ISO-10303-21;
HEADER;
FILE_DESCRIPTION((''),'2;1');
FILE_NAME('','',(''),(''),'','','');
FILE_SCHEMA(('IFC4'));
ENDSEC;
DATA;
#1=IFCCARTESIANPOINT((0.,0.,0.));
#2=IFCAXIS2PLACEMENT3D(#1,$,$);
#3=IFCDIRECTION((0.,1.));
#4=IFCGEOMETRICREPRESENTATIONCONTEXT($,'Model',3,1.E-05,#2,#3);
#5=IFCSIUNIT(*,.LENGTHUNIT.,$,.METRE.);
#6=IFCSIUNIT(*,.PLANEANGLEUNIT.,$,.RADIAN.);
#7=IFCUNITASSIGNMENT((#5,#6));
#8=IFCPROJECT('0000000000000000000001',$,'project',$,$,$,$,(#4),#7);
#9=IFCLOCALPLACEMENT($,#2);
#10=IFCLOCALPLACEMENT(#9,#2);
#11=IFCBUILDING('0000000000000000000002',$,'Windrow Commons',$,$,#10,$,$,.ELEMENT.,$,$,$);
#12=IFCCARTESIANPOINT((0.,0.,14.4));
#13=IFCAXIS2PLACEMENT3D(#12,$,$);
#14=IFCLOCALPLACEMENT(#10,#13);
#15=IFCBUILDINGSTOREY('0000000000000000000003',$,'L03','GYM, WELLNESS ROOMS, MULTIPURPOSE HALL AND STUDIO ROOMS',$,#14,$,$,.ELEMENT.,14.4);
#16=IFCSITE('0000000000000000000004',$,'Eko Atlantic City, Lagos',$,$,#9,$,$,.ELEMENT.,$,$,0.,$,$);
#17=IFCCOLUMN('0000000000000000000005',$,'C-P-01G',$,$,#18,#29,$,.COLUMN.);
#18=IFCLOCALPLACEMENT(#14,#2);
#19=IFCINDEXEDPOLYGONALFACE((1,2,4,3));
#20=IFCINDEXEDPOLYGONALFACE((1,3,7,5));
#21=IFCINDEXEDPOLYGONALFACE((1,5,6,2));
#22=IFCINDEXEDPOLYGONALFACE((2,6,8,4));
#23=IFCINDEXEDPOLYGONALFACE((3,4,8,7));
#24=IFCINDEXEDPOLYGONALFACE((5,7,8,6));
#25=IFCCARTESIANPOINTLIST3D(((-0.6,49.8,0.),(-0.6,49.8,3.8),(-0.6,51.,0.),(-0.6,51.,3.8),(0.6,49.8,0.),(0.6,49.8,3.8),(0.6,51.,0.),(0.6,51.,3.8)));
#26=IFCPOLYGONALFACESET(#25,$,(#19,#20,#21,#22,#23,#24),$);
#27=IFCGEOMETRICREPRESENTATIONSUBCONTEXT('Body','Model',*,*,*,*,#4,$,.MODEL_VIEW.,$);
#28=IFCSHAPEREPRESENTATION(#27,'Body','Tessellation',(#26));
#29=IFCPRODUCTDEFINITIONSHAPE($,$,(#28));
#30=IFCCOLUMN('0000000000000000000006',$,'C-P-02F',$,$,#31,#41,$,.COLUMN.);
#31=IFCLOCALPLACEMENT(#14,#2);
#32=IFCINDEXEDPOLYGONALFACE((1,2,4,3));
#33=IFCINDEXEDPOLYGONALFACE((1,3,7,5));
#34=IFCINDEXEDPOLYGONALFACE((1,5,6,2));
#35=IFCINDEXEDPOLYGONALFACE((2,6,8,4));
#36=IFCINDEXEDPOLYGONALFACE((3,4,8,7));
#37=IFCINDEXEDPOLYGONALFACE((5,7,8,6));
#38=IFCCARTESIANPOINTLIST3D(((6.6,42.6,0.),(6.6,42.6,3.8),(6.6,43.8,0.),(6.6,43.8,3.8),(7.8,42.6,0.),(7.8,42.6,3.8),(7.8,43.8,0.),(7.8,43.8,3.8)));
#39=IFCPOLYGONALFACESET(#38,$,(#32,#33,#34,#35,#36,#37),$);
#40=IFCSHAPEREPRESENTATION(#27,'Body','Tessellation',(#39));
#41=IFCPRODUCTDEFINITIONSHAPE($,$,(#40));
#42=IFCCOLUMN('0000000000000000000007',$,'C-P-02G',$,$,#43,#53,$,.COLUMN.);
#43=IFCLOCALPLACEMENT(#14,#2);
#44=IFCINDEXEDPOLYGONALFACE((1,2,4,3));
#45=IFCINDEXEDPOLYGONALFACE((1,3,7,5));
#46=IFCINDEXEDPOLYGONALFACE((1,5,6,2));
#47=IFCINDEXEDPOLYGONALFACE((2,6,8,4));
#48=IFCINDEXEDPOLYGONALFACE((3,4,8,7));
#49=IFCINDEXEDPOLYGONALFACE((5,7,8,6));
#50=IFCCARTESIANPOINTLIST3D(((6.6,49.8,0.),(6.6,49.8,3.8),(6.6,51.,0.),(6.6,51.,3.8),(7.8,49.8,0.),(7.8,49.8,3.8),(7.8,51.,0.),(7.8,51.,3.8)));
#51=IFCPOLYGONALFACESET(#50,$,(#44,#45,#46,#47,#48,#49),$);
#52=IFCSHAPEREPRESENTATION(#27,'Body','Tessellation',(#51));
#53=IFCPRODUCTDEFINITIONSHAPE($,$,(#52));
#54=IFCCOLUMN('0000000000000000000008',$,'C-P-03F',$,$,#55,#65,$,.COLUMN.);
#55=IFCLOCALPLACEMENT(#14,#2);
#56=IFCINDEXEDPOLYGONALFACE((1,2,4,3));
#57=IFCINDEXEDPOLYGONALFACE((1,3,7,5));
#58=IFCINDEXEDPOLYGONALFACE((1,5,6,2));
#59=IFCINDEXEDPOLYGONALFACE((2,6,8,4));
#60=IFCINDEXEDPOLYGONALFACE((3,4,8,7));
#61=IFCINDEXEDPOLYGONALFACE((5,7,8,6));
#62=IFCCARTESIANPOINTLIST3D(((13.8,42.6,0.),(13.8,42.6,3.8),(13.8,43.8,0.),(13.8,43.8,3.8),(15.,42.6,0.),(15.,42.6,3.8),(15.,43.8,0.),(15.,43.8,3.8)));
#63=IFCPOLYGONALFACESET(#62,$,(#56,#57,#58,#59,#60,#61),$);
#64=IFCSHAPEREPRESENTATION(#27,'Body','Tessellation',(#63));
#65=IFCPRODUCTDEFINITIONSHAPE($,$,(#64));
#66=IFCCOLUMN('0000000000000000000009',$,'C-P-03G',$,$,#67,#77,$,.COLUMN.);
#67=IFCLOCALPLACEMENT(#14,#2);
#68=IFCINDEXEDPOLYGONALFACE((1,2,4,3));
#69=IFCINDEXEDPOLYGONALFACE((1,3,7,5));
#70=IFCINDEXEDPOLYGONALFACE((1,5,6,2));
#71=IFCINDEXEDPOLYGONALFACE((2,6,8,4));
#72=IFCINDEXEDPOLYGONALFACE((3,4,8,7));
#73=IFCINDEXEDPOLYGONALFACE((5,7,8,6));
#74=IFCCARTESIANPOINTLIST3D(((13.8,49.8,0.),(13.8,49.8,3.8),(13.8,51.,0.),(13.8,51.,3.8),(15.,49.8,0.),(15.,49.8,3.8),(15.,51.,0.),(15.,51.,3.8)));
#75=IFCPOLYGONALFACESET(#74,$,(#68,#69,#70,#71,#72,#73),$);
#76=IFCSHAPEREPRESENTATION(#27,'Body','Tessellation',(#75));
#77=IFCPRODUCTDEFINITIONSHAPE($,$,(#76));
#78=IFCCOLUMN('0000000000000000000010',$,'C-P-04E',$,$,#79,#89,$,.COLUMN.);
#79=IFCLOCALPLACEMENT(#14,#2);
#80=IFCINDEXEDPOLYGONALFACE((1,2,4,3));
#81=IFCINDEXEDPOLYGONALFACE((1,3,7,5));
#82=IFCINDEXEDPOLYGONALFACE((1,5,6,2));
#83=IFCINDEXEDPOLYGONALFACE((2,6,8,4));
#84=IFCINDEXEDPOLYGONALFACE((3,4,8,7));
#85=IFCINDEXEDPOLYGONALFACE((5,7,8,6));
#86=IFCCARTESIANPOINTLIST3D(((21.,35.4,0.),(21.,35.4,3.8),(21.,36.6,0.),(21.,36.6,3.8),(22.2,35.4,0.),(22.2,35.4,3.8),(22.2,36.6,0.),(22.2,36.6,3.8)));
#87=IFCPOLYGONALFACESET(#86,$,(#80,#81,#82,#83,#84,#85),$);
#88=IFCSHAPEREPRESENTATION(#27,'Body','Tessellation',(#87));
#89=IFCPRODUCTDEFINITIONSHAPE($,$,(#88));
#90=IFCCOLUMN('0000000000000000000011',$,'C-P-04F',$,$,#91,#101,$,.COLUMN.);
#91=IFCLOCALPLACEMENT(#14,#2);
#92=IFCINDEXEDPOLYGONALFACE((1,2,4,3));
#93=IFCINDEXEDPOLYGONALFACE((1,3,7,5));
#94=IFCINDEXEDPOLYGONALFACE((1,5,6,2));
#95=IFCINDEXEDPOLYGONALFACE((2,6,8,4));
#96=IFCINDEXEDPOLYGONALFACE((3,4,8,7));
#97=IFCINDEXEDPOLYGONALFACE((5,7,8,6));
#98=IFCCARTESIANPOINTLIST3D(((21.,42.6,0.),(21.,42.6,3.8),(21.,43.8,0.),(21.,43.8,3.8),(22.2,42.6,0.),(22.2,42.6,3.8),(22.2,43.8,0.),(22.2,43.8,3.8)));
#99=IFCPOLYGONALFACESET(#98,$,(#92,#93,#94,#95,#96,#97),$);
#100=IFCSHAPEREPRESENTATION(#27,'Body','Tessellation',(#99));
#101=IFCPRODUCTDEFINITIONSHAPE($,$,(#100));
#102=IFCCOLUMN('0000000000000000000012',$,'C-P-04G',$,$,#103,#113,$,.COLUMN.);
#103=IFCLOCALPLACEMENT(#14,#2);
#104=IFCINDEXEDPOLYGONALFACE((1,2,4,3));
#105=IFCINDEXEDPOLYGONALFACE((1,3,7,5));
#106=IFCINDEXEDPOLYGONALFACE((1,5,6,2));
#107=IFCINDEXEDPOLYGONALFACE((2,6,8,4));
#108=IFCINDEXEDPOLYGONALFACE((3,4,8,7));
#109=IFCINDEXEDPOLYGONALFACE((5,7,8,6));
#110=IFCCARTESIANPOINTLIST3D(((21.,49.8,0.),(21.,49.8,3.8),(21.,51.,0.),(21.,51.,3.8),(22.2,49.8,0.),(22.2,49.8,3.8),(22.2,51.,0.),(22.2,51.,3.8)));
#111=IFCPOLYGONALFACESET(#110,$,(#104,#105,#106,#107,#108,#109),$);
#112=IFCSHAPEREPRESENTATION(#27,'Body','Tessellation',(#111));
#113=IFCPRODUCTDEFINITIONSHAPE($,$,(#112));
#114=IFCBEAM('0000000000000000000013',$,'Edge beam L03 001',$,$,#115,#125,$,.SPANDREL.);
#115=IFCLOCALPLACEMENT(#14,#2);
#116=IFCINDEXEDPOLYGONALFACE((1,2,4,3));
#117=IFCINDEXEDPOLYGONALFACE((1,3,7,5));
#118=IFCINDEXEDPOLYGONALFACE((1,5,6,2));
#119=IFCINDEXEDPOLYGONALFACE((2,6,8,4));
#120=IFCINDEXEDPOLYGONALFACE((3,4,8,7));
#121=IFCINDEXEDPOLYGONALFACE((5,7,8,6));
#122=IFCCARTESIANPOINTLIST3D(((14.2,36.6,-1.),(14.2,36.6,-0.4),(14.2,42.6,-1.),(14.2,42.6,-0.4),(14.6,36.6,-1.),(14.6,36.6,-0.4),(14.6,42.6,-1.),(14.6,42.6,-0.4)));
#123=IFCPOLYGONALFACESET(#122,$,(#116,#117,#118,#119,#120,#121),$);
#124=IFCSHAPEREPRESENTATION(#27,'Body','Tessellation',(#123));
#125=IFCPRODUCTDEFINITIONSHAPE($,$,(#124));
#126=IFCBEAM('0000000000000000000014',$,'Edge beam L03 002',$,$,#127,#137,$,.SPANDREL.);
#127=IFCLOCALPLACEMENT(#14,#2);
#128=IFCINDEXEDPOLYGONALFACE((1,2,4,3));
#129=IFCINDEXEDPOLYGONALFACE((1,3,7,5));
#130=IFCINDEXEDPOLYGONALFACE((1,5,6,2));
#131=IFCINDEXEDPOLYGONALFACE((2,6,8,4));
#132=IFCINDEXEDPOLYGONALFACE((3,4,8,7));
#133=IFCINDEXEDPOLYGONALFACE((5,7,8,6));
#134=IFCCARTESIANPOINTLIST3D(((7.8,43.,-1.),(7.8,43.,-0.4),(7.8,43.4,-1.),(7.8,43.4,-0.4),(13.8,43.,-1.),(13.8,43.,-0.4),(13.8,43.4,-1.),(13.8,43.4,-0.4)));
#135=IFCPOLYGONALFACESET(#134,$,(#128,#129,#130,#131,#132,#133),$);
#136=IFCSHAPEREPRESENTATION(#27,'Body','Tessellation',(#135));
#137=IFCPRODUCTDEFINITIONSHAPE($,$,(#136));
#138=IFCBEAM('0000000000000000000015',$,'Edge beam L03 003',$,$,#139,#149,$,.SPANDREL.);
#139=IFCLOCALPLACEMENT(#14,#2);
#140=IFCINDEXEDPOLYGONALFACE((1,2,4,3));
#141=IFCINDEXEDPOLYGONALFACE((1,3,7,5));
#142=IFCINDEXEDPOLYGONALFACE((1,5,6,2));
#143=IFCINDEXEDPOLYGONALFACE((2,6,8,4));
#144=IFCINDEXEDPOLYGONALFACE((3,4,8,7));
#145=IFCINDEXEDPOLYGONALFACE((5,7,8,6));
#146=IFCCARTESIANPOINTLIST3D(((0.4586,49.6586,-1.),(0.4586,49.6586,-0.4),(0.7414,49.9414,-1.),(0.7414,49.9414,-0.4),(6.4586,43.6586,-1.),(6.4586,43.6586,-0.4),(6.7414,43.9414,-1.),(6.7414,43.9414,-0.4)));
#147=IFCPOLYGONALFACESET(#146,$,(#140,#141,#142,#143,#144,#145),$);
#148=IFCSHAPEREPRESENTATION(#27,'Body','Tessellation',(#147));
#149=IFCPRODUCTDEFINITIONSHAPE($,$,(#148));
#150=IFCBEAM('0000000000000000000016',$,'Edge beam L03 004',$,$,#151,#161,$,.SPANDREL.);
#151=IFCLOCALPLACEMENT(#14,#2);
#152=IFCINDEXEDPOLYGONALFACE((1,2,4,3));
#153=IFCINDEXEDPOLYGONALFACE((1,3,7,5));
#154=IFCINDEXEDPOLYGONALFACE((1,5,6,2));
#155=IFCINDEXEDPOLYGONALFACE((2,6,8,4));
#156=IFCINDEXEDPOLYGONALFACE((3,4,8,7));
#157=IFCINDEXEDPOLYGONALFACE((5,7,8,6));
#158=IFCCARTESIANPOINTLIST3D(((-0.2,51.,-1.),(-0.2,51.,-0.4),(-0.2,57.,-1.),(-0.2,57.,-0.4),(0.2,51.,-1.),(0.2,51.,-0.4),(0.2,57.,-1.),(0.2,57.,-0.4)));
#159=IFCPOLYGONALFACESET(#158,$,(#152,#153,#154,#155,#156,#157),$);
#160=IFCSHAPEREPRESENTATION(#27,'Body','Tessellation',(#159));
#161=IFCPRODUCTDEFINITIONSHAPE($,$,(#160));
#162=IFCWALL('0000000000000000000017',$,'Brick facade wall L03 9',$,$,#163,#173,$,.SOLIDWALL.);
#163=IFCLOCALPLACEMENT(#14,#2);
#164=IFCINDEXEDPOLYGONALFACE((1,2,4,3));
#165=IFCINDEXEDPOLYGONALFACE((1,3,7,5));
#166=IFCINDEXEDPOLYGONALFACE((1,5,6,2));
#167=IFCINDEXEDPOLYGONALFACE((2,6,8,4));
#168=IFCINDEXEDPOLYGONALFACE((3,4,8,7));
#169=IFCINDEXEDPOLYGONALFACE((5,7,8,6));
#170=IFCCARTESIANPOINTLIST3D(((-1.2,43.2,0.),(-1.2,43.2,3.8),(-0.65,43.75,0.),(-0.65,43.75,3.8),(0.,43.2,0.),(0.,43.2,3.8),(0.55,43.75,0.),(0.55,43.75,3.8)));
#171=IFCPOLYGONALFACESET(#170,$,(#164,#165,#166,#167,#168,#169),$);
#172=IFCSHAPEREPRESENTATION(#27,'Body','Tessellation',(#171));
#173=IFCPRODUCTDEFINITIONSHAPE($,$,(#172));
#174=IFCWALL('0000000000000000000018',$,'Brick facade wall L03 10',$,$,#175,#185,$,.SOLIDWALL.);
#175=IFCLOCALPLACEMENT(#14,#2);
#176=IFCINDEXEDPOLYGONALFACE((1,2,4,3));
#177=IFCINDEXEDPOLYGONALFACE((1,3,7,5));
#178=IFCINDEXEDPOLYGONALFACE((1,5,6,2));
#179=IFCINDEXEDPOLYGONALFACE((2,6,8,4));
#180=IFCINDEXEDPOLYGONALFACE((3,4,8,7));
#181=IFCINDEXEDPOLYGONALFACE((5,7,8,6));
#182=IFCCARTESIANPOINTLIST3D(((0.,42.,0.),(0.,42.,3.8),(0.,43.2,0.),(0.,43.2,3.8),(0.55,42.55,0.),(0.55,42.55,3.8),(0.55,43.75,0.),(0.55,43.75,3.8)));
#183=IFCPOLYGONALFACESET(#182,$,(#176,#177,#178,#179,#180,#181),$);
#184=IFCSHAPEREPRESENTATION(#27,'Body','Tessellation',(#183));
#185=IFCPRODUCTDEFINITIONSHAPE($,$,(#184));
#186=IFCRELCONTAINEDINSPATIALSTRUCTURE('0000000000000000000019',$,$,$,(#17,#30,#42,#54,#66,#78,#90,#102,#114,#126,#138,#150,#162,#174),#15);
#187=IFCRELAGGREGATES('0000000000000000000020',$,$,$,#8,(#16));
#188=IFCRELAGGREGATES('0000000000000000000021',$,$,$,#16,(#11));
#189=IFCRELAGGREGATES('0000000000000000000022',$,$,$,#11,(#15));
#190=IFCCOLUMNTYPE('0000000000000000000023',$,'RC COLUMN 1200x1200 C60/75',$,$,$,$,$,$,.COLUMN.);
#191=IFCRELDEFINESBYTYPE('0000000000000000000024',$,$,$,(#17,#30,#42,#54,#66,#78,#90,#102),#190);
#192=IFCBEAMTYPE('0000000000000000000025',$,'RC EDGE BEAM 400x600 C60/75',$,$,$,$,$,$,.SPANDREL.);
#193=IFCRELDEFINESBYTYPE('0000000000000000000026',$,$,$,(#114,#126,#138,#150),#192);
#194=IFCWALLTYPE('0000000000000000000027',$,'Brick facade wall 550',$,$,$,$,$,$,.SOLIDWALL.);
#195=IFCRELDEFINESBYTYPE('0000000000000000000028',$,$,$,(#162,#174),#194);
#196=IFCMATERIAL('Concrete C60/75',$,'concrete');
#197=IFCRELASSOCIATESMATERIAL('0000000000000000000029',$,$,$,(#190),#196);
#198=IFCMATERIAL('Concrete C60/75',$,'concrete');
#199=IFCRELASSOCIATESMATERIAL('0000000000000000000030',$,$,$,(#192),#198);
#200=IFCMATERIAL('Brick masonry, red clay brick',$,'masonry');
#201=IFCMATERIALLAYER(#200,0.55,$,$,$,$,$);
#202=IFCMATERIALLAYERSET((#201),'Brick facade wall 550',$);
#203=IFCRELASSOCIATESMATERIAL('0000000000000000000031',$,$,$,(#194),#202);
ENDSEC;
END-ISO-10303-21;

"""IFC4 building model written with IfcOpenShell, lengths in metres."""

from ifc_helpers import new_model, si_unit, direction, frame, origin, origin_2d, place, context, subcontext, project, spatial, polyline, rectangle, outline, extrude, material, layer, layer_set, material_profile, profile_set, type_object, element, save


model = new_model("IFC4")

# Units and contexts
model_context = context("Model", 3, precision=1e-05, world=origin(), true_north=direction((0.0, 1.0)))
body_context = subcontext(model_context, "Body", "Model", "MODEL_VIEW")
ifc_project = project(units=[si_unit("LENGTHUNIT", "METRE"), si_unit("PLANEANGLEUNIT", "RADIAN")], contexts=[model_context])

# Site, building, storey
site_placement = place(None, origin())
site = spatial("IfcSite", under=ifc_project, at=site_placement, Name="Eko Atlantic City, Lagos", CompositionType="ELEMENT", RefElevation=0.0)
building_placement = place(site_placement, origin())
building = spatial("IfcBuilding", under=site, at=building_placement, Name="Windrow Commons", CompositionType="ELEMENT")
storey_placement = place(building_placement, frame((0.0, 0.0, 14.4)))
storey = spatial("IfcBuildingStorey", under=building, at=storey_placement, Name="L03", Description="GYM, WELLNESS ROOMS, MULTIPURPOSE HALL AND STUDIO ROOMS", CompositionType="ELEMENT", Elevation=14.4)

# Columns
ifc_material_1 = material(Name="Concrete C60/75", Category="concrete")
ifc_material_profile_1 = material_profile(ifc_material_1, rectangle(XDim=1.2, YDim=1.2, at=origin_2d()))
ifc_profile_set_1 = profile_set([ifc_material_profile_1], Name="Concrete C60/75")
column_type = type_object("IfcColumnType", Name="RC COLUMN 1200x1200 C60/75", PredefinedType="COLUMN", material=ifc_profile_set_1)
for number, where, z_axis, x_axis, name in (
    (1, (0.0, 50.4, 0.0), (0.0, 0.0, 1.0), (1.0, 0.0, 0.0), "C-P-01G"),
    (2, (7.2, 43.2, 0.0), (0.0, 0.0, 1.0), (1.0, 0.0, 0.0), "C-P-02F"),
    (3, (7.2, 50.4, 0.0), (0.0, 0.0, 1.0), (1.0, 0.0, 0.0), "C-P-02G"),
    (4, (14.4, 43.2, 0.0), (0.0, 0.0, 1.0), (1.0, 0.0, 0.0), "C-P-03F"),
    (5, (14.4, 50.4, 0.0), (0.0, 0.0, 1.0), (1.0, 0.0, 0.0), "C-P-03G"),
    (6, (21.6, 36.0, 0.0), (0.0, 0.0, 1.0), (1.0, 0.0, 0.0), "C-P-04E"),
    (7, (21.6, 43.2, 0.0), (0.0, 0.0, 1.0), (1.0, 0.0, 0.0), "C-P-04F"),
    (8, (21.6, 50.4, 0.0), (0.0, 0.0, 1.0), (1.0, 0.0, 0.0), "C-P-04G"),
):
    element("IfcColumn", number, at=place(storey_placement, frame(where, z_axis=z_axis, x_axis=x_axis)), inside=storey, type_object=column_type, Name=name, PredefinedType="COLUMN", context=body_context, shape_type="SweptSolid", body=[
        extrude(rectangle(XDim=1.2, YDim=1.2, at=origin_2d()), origin(), (0.0, 0.0, 1.0), 3.8),
    ])

# Beams
ifc_material_2 = material(Name="Concrete C60/75", Category="concrete")
ifc_material_profile_2 = material_profile(ifc_material_2, rectangle(XDim=0.4, YDim=0.6, at=origin_2d()))
ifc_profile_set_2 = profile_set([ifc_material_profile_2], Name="Concrete C60/75")
beam_type = type_object("IfcBeamType", Name="RC EDGE BEAM 400x600 C60/75", PredefinedType="SPANDREL", material=ifc_profile_set_2)
for number, where, z_axis, x_axis, name in (
    (9, (14.4, 36.6, -0.7), (0.0, 1.0, 0.0), (-1.0, 0.0, 0.0), "Edge beam L03 001"),
    (10, (13.8, 43.2, -0.7), (-1.0, 0.0, 0.0), (0.0, -1.0, 0.0), "Edge beam L03 002"),
):
    element("IfcBeam", number, at=place(storey_placement, frame(where, z_axis=z_axis, x_axis=x_axis)), inside=storey, type_object=beam_type, Name=name, PredefinedType="SPANDREL", context=body_context, shape_type="SweptSolid", body=[
        extrude(rectangle(XDim=0.4, YDim=0.6, at=origin_2d()), origin(), (0.0, 0.0, 1.0), 6.0),
    ])
beam_1_placement = place(storey_placement, frame((6.6, 43.8, -0.7), z_axis=(-0.707107, 0.707107, 0.0), x_axis=(-0.707107, -0.707107, 0.0)))
element("IfcBeam", 11, at=beam_1_placement, inside=storey, type_object=beam_type, Name="Edge beam L03 003", PredefinedType="SPANDREL", context=body_context, shape_type="SweptSolid", body=[
    extrude(rectangle(XDim=0.4, YDim=0.6, at=origin_2d()), origin(), (0.0, 0.0, 1.0), 8.4853),
])
beam_2_placement = place(storey_placement, frame((0.0, 51.0, -0.7), z_axis=(0.0, 1.0, 0.0), x_axis=(-1.0, 0.0, 0.0)))
element("IfcBeam", 12, at=beam_2_placement, inside=storey, type_object=beam_type, Name="Edge beam L03 004", PredefinedType="SPANDREL", context=body_context, shape_type="SweptSolid", body=[
    extrude(rectangle(XDim=0.4, YDim=0.6, at=origin_2d()), origin(), (0.0, 0.0, 1.0), 6.0),
])

# Walls
ifc_material_3 = material(Name="Brick masonry, red clay brick", Category="masonry")
ifc_layer_1 = layer(ifc_material_3, 0.55)
ifc_layer_set_1 = layer_set([ifc_layer_1], Name="Brick facade wall 550")
wall_type_1 = type_object("IfcWallType", Name="Brick facade wall 550", PredefinedType="SOLIDWALL", material=ifc_layer_set_1)
wall_1_placement = place(storey_placement, frame((-0.925, 43.475, 0.0), z_axis=(0.0, 0.0, 1.0), x_axis=(1.0, 0.0, 0.0)))
element("IfcWall", 13, at=wall_1_placement, inside=storey, type_object=wall_type_1, Name="Brick facade wall L03 9", PredefinedType="SOLIDWALL", context=body_context, shape_type="SweptSolid", body=[
    extrude(outline(polyline([(-0.275, -0.275), (0.925, -0.275), (1.475, 0.275), (0.275, 0.275), (-0.275, -0.275)])), origin(), (0.0, 0.0, 1.0), 3.8),
])
wall_2_placement = place(storey_placement, frame((0.275, 43.475, 0.0), z_axis=(0.0, 0.0, 1.0), x_axis=(0.0, -1.0, 0.0)))
element("IfcWall", 14, at=wall_2_placement, inside=storey, type_object=wall_type_1, Name="Brick facade wall L03 10", PredefinedType="SOLIDWALL", context=body_context, shape_type="SweptSolid", body=[
    extrude(outline(polyline([(0.275, -0.275), (1.475, -0.275), (0.925, 0.275), (-0.275, 0.275), (0.275, -0.275)])), origin(), (0.0, 0.0, 1.0), 3.8),
])

save(model, "model.ifc")
